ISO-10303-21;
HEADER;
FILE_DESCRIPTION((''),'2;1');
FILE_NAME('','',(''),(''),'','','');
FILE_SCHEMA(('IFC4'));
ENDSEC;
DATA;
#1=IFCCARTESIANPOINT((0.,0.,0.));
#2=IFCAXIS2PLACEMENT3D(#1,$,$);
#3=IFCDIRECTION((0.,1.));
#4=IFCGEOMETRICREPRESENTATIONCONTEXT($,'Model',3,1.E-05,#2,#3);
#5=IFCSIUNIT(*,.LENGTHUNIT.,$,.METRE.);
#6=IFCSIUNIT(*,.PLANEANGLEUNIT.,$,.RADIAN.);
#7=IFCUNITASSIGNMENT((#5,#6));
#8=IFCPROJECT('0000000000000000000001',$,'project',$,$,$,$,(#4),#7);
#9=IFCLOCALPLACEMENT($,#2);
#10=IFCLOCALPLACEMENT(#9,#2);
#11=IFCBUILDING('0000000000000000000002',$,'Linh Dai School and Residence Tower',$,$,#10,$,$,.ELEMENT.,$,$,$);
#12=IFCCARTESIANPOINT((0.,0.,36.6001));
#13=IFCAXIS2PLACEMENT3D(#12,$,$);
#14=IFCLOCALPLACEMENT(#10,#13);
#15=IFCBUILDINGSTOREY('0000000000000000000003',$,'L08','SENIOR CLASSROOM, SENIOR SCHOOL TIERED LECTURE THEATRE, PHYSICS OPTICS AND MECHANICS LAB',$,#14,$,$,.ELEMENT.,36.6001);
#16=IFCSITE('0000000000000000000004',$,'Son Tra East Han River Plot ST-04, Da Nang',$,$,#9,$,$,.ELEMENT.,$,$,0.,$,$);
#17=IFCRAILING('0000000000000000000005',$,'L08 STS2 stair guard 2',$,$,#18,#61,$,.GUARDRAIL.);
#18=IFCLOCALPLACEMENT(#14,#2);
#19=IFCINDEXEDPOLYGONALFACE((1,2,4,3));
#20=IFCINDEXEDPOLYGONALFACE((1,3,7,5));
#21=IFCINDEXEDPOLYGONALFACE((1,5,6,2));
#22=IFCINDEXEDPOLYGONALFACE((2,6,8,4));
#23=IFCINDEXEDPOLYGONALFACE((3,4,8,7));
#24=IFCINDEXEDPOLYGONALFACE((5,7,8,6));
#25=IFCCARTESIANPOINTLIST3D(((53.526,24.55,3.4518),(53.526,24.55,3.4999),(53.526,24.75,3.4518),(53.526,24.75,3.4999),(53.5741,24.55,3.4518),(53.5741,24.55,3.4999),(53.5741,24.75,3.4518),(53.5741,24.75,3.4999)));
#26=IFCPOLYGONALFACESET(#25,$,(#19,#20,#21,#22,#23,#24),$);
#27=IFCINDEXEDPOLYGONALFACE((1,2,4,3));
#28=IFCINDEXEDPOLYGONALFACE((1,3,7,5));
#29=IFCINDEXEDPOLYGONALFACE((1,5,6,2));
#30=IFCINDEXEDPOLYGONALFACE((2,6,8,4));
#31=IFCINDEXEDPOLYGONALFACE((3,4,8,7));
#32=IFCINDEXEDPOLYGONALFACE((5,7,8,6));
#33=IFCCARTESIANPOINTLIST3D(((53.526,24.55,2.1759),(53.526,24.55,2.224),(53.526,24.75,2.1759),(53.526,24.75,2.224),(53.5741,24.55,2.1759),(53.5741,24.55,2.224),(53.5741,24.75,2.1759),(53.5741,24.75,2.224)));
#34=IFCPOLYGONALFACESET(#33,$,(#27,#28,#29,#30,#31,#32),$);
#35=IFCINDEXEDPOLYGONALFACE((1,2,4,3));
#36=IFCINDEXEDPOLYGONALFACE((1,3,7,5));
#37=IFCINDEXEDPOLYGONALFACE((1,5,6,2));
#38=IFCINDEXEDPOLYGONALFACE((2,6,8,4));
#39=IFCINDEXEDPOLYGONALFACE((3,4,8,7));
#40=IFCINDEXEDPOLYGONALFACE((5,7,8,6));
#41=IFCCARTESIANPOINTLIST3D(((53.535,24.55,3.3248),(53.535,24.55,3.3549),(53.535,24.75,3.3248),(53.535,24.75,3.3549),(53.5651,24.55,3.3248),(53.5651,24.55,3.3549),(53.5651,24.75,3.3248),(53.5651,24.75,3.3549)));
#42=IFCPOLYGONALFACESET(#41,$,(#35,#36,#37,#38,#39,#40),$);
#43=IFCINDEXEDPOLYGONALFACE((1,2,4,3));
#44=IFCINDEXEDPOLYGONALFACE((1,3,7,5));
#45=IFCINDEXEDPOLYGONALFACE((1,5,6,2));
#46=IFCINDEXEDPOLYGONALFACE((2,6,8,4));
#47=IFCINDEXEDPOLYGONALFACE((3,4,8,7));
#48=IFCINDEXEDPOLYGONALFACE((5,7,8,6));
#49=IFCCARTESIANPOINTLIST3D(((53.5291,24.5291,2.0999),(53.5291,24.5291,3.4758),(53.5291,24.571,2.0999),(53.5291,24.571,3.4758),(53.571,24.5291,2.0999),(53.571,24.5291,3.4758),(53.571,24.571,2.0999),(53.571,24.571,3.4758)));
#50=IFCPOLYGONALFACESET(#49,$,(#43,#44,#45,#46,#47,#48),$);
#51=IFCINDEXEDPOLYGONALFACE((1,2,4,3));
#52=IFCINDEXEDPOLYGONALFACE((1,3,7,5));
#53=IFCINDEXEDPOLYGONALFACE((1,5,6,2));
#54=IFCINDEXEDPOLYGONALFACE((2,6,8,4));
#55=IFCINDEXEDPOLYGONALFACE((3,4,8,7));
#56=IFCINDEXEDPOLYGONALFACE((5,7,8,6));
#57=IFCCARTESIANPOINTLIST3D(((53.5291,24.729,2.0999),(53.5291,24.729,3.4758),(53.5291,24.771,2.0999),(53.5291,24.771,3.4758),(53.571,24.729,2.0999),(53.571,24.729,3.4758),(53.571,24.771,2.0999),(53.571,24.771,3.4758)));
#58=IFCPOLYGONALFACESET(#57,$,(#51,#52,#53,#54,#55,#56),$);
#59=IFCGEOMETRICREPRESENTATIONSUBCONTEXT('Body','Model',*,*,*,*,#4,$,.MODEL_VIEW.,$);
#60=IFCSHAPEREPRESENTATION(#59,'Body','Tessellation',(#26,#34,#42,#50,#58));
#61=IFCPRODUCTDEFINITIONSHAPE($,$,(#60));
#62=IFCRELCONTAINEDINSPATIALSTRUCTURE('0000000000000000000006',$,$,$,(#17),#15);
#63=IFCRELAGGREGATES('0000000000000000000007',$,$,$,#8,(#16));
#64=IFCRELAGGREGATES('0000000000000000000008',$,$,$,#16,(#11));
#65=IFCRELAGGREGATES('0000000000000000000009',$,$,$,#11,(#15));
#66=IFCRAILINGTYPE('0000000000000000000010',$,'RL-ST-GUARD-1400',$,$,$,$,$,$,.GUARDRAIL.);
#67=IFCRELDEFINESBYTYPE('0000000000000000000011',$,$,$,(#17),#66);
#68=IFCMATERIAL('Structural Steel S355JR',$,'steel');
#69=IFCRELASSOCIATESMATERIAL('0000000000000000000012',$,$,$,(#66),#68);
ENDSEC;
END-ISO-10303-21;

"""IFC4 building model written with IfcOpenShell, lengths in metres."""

from ifc_helpers import new_model, si_unit, direction, frame, origin, origin_2d, place, context, subcontext, project, spatial, rectangle, extrude, source, transform, mapped, material, type_object, element, save


model = new_model("IFC4")

# Units and contexts
model_context = context("Model", 3, precision=1e-05, world=origin(), true_north=direction((0.0, 1.0)))
body_context = subcontext(model_context, "Body", "Model", "MODEL_VIEW")
ifc_project = project(units=[si_unit("LENGTHUNIT", "METRE"), si_unit("PLANEANGLEUNIT", "RADIAN")], contexts=[model_context])

# Site, building, storey
site_placement = place(None, origin())
site = spatial("IfcSite", under=ifc_project, at=site_placement, Name="Son Tra East Han River Plot ST-04, Da Nang", CompositionType="ELEMENT", RefElevation=0.0)
building_placement = place(site_placement, origin())
building = spatial("IfcBuilding", under=site, at=building_placement, Name="Linh Dai School and Residence Tower", CompositionType="ELEMENT")
storey_placement = place(building_placement, frame((0.0, 0.0, 36.6001)))
storey = spatial("IfcBuildingStorey", under=building, at=storey_placement, Name="L08", Description="SENIOR CLASSROOM, SENIOR SCHOOL TIERED LECTURE THEATRE, PHYSICS OPTICS AND MECHANICS LAB", CompositionType="ELEMENT", Elevation=36.6001)

# Shared definitions
ifc_material_1 = material(Name="Structural Steel S355JR", Category="steel")

# Railing
railing_type_1 = type_object("IfcRailingType", Name="RL-ST-GUARD-1400", PredefinedType="GUARDRAIL", material=ifc_material_1)
shared_shape_1 = source(origin(), body_context, "Body", "SweptSolid", [
    extrude(rectangle(XDim=0.0481, YDim=0.0481, at=origin_2d()), frame((0.0, 0.0, 1.376), z_axis=(0.0, 1.0, 0.0), x_axis=(-1.0, 0.0, 0.0)), (0.0, 0.0, 1.0), 0.2),
    extrude(rectangle(XDim=0.0481, YDim=0.0481, at=origin_2d()), frame((0.0, 0.0, 0.1001), z_axis=(0.0, 1.0, 0.0), x_axis=(-1.0, 0.0, 0.0)), (0.0, 0.0, 1.0), 0.2),
    extrude(rectangle(XDim=0.03, YDim=0.03, at=origin_2d()), frame((0.0, 0.0, 1.24), z_axis=(0.0, 1.0, 0.0), x_axis=(-1.0, 0.0, 0.0)), (0.0, 0.0, 1.0), 0.2),
    extrude(rectangle(XDim=0.042, YDim=0.042, at=origin_2d()), origin(), (0.0, 0.0, 1.0), 1.376),
    extrude(rectangle(XDim=0.042, YDim=0.042, at=origin_2d()), frame((0.0, 0.2, 0.0)), (0.0, 0.0, 1.0), 1.376),
])
railing_1_placement = place(storey_placement, frame((53.55, 24.55, 2.0999)))
element("IfcRailing", 1, at=railing_1_placement, inside=storey, type_object=railing_type_1, Name="L08 STS2 stair guard 2", PredefinedType="GUARDRAIL", context=body_context, shape_type="MappedRepresentation", body=[
    mapped(shared_shape_1, transform((0.0, 0.0, 0.0), x_axis=(1.0, 0.0, 0.0), y_axis=(0.0, 1.0, 0.0), z_axis=(0.0, 0.0, 1.0), scale=1.0)),
])

save(model, "model.ifc")
